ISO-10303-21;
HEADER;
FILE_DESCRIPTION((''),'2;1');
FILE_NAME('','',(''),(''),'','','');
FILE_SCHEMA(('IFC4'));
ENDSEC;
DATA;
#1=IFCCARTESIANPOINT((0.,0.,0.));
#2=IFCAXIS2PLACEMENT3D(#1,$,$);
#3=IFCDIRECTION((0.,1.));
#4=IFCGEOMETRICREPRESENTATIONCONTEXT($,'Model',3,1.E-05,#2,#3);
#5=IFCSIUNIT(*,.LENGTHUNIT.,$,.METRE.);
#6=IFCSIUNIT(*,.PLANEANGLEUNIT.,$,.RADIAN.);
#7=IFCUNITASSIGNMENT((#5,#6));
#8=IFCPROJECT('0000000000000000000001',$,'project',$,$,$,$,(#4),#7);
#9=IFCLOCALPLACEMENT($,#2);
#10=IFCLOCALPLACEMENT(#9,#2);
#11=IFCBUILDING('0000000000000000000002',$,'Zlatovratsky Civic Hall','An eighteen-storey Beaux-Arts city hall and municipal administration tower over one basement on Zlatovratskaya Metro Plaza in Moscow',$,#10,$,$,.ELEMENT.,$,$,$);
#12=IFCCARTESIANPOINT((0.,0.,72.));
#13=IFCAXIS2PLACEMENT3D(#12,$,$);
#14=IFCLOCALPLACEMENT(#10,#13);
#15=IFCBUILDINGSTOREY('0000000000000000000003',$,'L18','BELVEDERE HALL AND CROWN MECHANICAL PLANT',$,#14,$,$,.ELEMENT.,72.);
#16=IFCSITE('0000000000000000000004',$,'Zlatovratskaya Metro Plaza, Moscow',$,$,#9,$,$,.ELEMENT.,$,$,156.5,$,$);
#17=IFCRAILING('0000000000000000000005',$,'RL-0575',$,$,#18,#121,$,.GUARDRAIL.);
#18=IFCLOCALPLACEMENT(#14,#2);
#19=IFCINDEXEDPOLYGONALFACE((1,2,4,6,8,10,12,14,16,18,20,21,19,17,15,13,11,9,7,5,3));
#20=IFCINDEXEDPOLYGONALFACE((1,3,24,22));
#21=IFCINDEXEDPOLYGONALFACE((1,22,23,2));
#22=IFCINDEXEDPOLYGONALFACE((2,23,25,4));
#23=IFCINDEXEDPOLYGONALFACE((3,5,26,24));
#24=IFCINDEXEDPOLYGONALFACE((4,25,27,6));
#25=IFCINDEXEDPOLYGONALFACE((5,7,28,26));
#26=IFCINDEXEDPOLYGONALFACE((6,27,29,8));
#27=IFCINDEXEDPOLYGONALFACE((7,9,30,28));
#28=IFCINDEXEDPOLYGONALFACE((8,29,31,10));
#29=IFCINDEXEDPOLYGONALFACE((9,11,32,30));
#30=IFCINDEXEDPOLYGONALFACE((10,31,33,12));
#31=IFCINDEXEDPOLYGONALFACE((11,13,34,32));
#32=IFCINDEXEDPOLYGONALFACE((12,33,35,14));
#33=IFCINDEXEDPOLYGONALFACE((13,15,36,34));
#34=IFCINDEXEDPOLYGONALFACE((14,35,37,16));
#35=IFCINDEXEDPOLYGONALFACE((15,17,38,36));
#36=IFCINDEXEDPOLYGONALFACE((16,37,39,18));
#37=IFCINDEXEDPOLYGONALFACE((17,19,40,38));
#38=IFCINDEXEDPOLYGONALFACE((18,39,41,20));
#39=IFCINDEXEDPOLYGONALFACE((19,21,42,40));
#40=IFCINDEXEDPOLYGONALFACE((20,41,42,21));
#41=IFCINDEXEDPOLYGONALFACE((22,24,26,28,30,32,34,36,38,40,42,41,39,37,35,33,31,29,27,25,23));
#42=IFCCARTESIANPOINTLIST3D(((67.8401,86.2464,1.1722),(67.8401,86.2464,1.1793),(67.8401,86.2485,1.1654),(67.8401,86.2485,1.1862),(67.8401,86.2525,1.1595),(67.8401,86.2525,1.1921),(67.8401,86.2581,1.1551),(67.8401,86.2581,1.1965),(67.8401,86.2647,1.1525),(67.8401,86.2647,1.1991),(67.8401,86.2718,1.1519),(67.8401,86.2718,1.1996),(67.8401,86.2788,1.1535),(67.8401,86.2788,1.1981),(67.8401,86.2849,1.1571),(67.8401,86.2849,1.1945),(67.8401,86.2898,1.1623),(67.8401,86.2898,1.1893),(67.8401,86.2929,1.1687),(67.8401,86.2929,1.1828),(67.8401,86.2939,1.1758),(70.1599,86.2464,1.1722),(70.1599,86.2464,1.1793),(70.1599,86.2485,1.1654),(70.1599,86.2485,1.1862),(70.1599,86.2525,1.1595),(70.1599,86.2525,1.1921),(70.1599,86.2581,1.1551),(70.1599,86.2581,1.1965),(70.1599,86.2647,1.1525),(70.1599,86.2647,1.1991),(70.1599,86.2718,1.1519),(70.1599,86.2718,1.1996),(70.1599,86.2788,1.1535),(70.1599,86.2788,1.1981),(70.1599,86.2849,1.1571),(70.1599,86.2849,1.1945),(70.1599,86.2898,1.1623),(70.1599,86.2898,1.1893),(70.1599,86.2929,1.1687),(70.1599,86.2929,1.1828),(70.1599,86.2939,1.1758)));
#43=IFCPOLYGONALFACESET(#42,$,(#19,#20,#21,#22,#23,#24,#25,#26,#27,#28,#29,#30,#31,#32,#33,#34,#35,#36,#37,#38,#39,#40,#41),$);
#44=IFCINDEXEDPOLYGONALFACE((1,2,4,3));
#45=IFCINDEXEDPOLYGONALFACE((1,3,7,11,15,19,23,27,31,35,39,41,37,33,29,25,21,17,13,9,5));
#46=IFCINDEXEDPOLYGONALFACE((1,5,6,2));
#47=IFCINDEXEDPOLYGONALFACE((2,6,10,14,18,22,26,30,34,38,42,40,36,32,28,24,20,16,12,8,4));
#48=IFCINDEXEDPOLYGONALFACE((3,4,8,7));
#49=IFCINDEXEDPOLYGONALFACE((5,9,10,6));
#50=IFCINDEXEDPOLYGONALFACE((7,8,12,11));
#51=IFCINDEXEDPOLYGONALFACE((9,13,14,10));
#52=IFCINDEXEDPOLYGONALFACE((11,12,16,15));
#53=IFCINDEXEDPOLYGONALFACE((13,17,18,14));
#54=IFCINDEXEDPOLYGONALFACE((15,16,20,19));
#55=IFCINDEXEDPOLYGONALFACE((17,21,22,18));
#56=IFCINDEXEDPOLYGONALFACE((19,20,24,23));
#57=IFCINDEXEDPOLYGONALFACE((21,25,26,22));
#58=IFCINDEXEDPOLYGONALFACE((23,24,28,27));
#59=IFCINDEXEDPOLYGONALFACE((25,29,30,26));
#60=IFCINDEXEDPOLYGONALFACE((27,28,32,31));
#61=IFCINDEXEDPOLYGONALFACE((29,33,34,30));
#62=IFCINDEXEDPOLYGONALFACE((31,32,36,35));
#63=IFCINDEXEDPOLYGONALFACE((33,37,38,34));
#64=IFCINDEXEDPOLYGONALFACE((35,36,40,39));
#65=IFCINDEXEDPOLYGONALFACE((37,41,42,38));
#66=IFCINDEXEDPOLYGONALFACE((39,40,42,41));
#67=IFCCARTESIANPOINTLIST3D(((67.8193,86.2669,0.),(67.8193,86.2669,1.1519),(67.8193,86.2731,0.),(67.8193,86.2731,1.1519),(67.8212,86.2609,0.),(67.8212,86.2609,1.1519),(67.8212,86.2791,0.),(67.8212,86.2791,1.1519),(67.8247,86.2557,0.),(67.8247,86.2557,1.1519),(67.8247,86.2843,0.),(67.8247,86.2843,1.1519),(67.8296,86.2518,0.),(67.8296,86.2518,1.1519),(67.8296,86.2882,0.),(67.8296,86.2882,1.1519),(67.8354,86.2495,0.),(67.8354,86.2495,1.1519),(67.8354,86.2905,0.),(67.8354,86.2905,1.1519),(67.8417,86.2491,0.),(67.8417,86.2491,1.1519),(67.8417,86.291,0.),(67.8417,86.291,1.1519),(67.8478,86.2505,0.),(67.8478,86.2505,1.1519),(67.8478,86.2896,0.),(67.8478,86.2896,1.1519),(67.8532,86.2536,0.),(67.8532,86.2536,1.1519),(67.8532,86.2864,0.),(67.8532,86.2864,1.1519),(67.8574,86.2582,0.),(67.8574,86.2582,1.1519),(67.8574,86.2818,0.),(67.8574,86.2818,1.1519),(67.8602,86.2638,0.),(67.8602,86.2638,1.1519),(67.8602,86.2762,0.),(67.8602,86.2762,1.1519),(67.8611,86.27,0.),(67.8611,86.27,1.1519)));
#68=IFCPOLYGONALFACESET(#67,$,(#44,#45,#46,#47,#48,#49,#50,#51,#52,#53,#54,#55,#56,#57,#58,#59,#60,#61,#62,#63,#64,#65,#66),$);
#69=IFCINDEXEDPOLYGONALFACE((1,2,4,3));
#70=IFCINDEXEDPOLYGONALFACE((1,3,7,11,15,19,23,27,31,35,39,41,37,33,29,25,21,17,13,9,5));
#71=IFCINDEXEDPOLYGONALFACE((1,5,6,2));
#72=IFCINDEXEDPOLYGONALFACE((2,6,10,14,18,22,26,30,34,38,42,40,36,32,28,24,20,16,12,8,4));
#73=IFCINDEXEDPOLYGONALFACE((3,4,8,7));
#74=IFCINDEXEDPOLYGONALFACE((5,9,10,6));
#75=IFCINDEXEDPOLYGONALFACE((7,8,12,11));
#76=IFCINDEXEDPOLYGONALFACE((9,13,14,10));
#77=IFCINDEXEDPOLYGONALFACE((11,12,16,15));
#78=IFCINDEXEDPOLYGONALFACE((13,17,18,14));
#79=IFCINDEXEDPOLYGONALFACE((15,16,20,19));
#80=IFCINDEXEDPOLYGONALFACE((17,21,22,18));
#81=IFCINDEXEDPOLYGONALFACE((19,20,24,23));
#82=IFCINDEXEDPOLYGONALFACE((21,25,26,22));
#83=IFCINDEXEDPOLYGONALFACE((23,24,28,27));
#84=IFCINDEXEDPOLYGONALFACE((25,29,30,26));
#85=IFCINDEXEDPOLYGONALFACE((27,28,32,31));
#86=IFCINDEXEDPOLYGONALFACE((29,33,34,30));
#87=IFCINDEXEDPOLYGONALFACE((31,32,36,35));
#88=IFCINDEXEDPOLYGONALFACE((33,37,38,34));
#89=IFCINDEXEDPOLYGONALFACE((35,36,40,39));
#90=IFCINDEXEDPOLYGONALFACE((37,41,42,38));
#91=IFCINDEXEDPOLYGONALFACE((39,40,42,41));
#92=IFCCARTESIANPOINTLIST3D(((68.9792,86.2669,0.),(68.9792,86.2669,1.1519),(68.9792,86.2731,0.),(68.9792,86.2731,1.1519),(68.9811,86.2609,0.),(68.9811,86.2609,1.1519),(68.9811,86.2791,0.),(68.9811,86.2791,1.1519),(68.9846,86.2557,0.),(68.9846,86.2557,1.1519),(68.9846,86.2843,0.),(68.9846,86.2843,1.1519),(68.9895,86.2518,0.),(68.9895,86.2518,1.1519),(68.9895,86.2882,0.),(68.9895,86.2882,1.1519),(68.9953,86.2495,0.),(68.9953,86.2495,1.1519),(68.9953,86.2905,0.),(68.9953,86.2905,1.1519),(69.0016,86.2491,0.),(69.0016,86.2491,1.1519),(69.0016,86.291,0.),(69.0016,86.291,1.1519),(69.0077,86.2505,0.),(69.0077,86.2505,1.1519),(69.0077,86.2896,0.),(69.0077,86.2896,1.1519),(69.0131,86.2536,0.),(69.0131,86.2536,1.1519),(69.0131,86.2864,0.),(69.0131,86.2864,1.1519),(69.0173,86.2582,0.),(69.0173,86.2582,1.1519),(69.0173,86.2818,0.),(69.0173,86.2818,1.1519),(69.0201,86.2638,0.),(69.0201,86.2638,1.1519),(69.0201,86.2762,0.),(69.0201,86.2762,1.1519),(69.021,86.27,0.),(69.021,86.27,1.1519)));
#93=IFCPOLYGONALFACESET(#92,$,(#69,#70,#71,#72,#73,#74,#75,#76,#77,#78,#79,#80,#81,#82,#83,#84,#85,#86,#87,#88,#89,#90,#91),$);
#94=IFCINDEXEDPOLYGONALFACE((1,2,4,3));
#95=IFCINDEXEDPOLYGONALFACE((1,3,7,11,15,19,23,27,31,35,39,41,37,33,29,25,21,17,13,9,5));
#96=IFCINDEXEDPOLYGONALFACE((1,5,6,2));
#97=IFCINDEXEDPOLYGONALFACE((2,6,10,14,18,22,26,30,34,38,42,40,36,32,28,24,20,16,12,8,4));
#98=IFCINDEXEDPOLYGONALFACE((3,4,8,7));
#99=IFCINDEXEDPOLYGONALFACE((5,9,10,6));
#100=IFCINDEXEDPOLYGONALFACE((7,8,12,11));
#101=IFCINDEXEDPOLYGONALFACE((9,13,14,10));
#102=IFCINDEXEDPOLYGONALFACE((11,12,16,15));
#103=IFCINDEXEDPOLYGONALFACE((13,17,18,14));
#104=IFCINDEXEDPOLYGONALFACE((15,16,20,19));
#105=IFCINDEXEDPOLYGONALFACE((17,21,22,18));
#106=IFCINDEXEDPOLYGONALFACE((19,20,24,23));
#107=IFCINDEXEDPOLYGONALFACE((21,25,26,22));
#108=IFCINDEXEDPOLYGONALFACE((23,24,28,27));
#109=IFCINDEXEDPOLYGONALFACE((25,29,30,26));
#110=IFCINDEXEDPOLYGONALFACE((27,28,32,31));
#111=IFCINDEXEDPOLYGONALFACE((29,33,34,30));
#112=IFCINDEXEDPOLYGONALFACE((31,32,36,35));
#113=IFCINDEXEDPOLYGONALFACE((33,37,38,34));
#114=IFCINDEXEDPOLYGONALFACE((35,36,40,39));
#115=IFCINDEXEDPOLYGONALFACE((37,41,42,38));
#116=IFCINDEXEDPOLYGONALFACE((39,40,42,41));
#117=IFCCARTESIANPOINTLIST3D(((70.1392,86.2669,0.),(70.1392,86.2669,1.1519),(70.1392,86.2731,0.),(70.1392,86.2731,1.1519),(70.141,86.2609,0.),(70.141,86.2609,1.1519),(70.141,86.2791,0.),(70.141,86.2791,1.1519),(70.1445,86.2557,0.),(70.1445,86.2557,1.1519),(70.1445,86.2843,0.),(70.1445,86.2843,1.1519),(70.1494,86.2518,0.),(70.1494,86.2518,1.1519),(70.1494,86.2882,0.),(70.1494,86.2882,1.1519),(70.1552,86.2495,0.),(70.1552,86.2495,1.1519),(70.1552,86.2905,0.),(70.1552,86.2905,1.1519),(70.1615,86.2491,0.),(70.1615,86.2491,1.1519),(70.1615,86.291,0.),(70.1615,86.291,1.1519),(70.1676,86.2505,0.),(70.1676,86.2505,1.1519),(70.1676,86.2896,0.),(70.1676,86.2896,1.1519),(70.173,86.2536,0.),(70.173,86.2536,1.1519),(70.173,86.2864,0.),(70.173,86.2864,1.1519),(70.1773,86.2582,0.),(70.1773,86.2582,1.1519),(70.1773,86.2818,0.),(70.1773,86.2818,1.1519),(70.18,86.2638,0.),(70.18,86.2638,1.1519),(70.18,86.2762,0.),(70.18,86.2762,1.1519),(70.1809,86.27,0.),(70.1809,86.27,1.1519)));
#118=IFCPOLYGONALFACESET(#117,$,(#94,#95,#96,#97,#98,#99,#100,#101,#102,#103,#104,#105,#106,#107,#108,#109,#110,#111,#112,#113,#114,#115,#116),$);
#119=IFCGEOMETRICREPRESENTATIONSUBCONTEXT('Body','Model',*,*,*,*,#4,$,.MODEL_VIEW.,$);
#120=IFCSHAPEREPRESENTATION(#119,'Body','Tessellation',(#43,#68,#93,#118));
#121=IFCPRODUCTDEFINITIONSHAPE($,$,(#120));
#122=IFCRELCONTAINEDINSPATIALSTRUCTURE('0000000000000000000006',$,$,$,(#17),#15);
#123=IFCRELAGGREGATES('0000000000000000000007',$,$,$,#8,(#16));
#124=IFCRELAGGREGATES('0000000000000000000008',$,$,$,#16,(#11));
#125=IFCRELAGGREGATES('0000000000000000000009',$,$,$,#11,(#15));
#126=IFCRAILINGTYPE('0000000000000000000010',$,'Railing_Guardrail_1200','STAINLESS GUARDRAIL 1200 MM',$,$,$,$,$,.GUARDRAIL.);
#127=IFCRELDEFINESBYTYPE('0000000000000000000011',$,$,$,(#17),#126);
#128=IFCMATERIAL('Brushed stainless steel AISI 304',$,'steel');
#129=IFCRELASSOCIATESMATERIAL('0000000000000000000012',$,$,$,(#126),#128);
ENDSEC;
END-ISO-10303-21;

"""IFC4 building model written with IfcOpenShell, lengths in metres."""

from ifc_helpers import new_model, si_unit, direction, frame, origin, origin_2d, place, context, subcontext, project, spatial, circle, extrude, material, type_object, element, save


model = new_model("IFC4")

# Units and contexts
model_context = context("Model", 3, precision=1e-05, world=origin(), true_north=direction((0.0, 1.0)))
body_context = subcontext(model_context, "Body", "Model", "MODEL_VIEW")
ifc_project = project(units=[si_unit("LENGTHUNIT", "METRE"), si_unit("PLANEANGLEUNIT", "RADIAN")], contexts=[model_context])

# Site, building, storey
site_placement = place(None, origin())
site = spatial("IfcSite", under=ifc_project, at=site_placement, Name="Zlatovratskaya Metro Plaza, Moscow", CompositionType="ELEMENT", RefElevation=156.5)
building_placement = place(site_placement, origin())
building = spatial("IfcBuilding", under=site, at=building_placement, Name="Zlatovratsky Civic Hall", Description="An eighteen-storey Beaux-Arts city hall and municipal administration tower over one basement on Zlatovratskaya Metro Plaza in Moscow", CompositionType="ELEMENT")
storey_placement = place(building_placement, frame((0.0, 0.0, 72.0)))
storey = spatial("IfcBuildingStorey", under=building, at=storey_placement, Name="L18", Description="BELVEDERE HALL AND CROWN MECHANICAL PLANT", CompositionType="ELEMENT", Elevation=72.0)

# Railing
ifc_material_1 = material(Name="Brushed stainless steel AISI 304", Category="steel")
railing_type_1 = type_object("IfcRailingType", Name="Railing_Guardrail_1200", Description="STAINLESS GUARDRAIL 1200 MM", PredefinedType="GUARDRAIL", material=ifc_material_1)
railing_1_placement = place(storey_placement, frame((67.8401, 86.27, 0.0)))
element("IfcRailing", 1, at=railing_1_placement, inside=storey, type_object=railing_type_1, Name="RL-0575", PredefinedType="GUARDRAIL", context=body_context, shape_type="SweptSolid", body=[
    extrude(circle(Radius=0.0239, at=origin_2d()), frame((0.0, 0.0, 1.1758), z_axis=(1.0, 0.0, 0.0), x_axis=(0.0, 1.0, 0.0)), (0.0, 0.0, 1.0), 2.3198),
    extrude(circle(Radius=0.021, at=origin_2d()), origin(), (0.0, 0.0, 1.0), 1.1519),
    extrude(circle(Radius=0.021, at=origin_2d()), frame((1.1599, 0.0, 0.0)), (0.0, 0.0, 1.0), 1.1519),
    extrude(circle(Radius=0.021, at=origin_2d()), frame((2.3198, 0.0, 0.0)), (0.0, 0.0, 1.0), 1.1519),
])

save(model, "model.ifc")
